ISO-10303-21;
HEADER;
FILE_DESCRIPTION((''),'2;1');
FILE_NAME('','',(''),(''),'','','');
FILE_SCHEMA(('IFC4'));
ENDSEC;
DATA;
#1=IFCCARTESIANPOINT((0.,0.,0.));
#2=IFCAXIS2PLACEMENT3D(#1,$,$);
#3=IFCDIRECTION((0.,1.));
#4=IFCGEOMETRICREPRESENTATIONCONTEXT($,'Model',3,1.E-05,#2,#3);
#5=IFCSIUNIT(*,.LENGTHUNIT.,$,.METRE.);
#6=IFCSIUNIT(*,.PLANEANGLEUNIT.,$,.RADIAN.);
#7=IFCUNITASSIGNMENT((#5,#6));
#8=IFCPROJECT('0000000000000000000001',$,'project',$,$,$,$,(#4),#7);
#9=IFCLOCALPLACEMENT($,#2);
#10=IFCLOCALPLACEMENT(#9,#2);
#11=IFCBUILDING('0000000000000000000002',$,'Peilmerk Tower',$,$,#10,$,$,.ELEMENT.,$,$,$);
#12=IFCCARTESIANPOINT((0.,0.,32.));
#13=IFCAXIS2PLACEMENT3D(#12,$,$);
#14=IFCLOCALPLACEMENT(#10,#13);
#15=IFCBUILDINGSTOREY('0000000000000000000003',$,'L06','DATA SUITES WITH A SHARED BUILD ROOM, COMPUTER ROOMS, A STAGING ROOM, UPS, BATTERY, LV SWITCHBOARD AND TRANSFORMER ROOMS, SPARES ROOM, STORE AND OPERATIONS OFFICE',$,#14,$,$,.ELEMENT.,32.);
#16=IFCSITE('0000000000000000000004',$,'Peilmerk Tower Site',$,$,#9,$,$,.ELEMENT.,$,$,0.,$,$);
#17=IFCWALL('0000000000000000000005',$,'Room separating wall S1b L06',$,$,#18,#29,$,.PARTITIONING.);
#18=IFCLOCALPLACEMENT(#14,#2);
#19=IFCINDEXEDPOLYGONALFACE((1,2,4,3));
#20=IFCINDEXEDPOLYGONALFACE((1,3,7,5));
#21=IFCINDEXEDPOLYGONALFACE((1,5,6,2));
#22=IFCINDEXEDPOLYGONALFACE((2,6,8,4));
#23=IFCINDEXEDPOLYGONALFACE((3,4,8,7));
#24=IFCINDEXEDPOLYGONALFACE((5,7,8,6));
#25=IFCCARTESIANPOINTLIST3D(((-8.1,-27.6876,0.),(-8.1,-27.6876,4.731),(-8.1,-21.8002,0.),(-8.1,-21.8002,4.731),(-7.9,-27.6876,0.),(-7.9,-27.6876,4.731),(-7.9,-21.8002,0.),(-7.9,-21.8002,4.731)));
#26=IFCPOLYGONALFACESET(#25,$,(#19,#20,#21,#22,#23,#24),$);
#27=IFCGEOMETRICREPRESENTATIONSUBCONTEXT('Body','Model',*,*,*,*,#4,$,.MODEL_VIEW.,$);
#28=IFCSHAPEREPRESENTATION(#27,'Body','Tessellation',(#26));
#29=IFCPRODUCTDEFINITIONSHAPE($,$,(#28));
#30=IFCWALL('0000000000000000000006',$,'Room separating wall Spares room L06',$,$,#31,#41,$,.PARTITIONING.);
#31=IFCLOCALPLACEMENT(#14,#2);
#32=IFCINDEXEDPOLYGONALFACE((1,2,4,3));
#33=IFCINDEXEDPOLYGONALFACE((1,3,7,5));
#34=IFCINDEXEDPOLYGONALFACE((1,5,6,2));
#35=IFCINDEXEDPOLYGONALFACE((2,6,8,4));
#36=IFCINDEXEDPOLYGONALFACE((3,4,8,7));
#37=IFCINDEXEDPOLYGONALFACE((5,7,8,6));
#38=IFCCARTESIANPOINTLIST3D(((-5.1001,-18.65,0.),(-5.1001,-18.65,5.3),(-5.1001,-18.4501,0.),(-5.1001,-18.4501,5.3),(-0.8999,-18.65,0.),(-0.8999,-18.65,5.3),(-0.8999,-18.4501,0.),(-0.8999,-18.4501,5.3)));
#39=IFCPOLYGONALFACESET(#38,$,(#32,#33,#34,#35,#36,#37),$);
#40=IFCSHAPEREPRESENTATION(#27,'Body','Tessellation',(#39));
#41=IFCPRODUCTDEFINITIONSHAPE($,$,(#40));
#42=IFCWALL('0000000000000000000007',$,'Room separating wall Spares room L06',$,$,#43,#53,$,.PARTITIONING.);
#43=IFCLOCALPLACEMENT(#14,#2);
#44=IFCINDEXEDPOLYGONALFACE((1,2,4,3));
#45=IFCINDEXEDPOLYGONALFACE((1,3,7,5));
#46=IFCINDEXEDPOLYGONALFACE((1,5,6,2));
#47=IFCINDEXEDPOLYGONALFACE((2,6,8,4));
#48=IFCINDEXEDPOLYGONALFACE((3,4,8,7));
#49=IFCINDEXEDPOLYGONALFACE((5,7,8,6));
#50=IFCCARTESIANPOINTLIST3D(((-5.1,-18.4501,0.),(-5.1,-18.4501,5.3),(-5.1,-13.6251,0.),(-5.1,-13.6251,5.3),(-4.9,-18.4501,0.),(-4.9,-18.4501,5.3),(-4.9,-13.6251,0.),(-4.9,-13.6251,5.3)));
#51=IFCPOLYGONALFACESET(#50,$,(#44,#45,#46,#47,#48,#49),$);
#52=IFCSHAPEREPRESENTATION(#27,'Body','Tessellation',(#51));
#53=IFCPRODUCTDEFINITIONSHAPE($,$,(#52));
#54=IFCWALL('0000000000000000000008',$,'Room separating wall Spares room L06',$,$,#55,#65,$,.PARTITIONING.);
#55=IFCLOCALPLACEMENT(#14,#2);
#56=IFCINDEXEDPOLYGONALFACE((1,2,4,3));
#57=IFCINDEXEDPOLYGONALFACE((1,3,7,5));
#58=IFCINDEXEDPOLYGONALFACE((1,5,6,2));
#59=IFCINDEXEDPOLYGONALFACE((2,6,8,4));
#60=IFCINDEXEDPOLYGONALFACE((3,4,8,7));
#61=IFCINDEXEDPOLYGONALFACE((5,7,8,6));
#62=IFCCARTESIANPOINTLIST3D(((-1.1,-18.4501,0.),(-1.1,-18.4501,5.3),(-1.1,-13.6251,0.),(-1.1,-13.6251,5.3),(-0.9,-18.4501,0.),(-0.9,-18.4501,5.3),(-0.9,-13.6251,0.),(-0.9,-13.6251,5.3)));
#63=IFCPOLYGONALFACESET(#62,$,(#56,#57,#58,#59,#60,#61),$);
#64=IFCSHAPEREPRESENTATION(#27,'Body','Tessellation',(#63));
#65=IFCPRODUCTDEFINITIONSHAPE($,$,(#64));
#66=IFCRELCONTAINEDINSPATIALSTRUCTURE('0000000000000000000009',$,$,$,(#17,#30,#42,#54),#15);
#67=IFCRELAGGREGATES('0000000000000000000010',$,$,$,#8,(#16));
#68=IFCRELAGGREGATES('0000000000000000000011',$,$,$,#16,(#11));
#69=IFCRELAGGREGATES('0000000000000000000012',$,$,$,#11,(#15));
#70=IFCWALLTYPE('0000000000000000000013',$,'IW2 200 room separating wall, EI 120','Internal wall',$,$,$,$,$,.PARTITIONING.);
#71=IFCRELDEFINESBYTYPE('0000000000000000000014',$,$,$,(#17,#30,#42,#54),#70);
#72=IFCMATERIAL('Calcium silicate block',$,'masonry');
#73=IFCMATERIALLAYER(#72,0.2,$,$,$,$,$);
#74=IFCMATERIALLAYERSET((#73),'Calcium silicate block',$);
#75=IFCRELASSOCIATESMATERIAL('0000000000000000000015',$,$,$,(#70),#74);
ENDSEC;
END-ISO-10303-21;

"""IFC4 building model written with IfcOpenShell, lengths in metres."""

from ifc_helpers import new_model, si_unit, direction, frame, frame_2d, origin, place, context, subcontext, project, spatial, rectangle, extrude, material, layer, layer_set, type_object, element, save


model = new_model("IFC4")

# Units and contexts
model_context = context("Model", 3, precision=1e-05, world=origin(), true_north=direction((0.0, 1.0)))
body_context = subcontext(model_context, "Body", "Model", "MODEL_VIEW")
ifc_project = project(units=[si_unit("LENGTHUNIT", "METRE"), si_unit("PLANEANGLEUNIT", "RADIAN")], contexts=[model_context])

# Site, building, storey
site_placement = place(None, origin())
site = spatial("IfcSite", under=ifc_project, at=site_placement, Name="Peilmerk Tower Site", CompositionType="ELEMENT", RefElevation=0.0)
building_placement = place(site_placement, origin())
building = spatial("IfcBuilding", under=site, at=building_placement, Name="Peilmerk Tower", CompositionType="ELEMENT")
storey_placement = place(building_placement, frame((0.0, 0.0, 32.0)))
storey = spatial("IfcBuildingStorey", under=building, at=storey_placement, Name="L06", Description="DATA SUITES WITH A SHARED BUILD ROOM, COMPUTER ROOMS, A STAGING ROOM, UPS, BATTERY, LV SWITCHBOARD AND TRANSFORMER ROOMS, SPARES ROOM, STORE AND OPERATIONS OFFICE", CompositionType="ELEMENT", Elevation=32.0)

# Walls
ifc_material_1 = material(Name="Calcium silicate block", Category="masonry")
ifc_layer = layer(ifc_material_1, 0.2)
ifc_layer_set = layer_set([ifc_layer], Name="Calcium silicate block")
wall_type = type_object("IfcWallType", Name="IW2 200 room separating wall, EI 120", Description="Internal wall", PredefinedType="PARTITIONING", material=ifc_layer_set)
wall_1_placement = place(storey_placement, frame((-8.0, -21.8, 0.0), z_axis=(0.0, 0.0, 1.0), x_axis=(0.0, -1.0, 0.0)))
element("IfcWall", 1, at=wall_1_placement, inside=storey, type_object=wall_type, Name="Room separating wall S1b L06", PredefinedType="PARTITIONING", context=body_context, shape_type="SweptSolid", body=[
    extrude(rectangle(XDim=5.8875, YDim=0.2, at=frame_2d((2.9438, 0.0))), origin(), (0.0, 0.0, 1.0), 4.731),
])
wall_2_placement = place(storey_placement, frame((-5.1001, -18.55, 0.0), z_axis=(0.0, 0.0, 1.0), x_axis=(1.0, 0.0, 0.0)))
element("IfcWall", 2, at=wall_2_placement, inside=storey, type_object=wall_type, Name="Room separating wall Spares room L06", PredefinedType="PARTITIONING", context=body_context, shape_type="SweptSolid", body=[
    extrude(rectangle(XDim=4.2002, YDim=0.2, at=frame_2d((2.1001, 0.0))), origin(), (0.0, 0.0, 1.0), 5.3),
])
for number, where, z_axis, x_axis, name in (
    (3, (-5.0, -13.625, 0.0), (0.0, 0.0, 1.0), (0.0, -1.0, 0.0), "Room separating wall Spares room L06"),
    (4, (-1.0, -13.625, 0.0), (0.0, 0.0, 1.0), (0.0, -1.0, 0.0), "Room separating wall Spares room L06"),
):
    element("IfcWall", number, at=place(storey_placement, frame(where, z_axis=z_axis, x_axis=x_axis)), inside=storey, type_object=wall_type, Name=name, PredefinedType="PARTITIONING", context=body_context, shape_type="SweptSolid", body=[
        extrude(rectangle(XDim=4.825, YDim=0.2, at=frame_2d((2.4126, 0.0))), origin(), (0.0, 0.0, 1.0), 5.3),
    ])

save(model, "model.ifc")
